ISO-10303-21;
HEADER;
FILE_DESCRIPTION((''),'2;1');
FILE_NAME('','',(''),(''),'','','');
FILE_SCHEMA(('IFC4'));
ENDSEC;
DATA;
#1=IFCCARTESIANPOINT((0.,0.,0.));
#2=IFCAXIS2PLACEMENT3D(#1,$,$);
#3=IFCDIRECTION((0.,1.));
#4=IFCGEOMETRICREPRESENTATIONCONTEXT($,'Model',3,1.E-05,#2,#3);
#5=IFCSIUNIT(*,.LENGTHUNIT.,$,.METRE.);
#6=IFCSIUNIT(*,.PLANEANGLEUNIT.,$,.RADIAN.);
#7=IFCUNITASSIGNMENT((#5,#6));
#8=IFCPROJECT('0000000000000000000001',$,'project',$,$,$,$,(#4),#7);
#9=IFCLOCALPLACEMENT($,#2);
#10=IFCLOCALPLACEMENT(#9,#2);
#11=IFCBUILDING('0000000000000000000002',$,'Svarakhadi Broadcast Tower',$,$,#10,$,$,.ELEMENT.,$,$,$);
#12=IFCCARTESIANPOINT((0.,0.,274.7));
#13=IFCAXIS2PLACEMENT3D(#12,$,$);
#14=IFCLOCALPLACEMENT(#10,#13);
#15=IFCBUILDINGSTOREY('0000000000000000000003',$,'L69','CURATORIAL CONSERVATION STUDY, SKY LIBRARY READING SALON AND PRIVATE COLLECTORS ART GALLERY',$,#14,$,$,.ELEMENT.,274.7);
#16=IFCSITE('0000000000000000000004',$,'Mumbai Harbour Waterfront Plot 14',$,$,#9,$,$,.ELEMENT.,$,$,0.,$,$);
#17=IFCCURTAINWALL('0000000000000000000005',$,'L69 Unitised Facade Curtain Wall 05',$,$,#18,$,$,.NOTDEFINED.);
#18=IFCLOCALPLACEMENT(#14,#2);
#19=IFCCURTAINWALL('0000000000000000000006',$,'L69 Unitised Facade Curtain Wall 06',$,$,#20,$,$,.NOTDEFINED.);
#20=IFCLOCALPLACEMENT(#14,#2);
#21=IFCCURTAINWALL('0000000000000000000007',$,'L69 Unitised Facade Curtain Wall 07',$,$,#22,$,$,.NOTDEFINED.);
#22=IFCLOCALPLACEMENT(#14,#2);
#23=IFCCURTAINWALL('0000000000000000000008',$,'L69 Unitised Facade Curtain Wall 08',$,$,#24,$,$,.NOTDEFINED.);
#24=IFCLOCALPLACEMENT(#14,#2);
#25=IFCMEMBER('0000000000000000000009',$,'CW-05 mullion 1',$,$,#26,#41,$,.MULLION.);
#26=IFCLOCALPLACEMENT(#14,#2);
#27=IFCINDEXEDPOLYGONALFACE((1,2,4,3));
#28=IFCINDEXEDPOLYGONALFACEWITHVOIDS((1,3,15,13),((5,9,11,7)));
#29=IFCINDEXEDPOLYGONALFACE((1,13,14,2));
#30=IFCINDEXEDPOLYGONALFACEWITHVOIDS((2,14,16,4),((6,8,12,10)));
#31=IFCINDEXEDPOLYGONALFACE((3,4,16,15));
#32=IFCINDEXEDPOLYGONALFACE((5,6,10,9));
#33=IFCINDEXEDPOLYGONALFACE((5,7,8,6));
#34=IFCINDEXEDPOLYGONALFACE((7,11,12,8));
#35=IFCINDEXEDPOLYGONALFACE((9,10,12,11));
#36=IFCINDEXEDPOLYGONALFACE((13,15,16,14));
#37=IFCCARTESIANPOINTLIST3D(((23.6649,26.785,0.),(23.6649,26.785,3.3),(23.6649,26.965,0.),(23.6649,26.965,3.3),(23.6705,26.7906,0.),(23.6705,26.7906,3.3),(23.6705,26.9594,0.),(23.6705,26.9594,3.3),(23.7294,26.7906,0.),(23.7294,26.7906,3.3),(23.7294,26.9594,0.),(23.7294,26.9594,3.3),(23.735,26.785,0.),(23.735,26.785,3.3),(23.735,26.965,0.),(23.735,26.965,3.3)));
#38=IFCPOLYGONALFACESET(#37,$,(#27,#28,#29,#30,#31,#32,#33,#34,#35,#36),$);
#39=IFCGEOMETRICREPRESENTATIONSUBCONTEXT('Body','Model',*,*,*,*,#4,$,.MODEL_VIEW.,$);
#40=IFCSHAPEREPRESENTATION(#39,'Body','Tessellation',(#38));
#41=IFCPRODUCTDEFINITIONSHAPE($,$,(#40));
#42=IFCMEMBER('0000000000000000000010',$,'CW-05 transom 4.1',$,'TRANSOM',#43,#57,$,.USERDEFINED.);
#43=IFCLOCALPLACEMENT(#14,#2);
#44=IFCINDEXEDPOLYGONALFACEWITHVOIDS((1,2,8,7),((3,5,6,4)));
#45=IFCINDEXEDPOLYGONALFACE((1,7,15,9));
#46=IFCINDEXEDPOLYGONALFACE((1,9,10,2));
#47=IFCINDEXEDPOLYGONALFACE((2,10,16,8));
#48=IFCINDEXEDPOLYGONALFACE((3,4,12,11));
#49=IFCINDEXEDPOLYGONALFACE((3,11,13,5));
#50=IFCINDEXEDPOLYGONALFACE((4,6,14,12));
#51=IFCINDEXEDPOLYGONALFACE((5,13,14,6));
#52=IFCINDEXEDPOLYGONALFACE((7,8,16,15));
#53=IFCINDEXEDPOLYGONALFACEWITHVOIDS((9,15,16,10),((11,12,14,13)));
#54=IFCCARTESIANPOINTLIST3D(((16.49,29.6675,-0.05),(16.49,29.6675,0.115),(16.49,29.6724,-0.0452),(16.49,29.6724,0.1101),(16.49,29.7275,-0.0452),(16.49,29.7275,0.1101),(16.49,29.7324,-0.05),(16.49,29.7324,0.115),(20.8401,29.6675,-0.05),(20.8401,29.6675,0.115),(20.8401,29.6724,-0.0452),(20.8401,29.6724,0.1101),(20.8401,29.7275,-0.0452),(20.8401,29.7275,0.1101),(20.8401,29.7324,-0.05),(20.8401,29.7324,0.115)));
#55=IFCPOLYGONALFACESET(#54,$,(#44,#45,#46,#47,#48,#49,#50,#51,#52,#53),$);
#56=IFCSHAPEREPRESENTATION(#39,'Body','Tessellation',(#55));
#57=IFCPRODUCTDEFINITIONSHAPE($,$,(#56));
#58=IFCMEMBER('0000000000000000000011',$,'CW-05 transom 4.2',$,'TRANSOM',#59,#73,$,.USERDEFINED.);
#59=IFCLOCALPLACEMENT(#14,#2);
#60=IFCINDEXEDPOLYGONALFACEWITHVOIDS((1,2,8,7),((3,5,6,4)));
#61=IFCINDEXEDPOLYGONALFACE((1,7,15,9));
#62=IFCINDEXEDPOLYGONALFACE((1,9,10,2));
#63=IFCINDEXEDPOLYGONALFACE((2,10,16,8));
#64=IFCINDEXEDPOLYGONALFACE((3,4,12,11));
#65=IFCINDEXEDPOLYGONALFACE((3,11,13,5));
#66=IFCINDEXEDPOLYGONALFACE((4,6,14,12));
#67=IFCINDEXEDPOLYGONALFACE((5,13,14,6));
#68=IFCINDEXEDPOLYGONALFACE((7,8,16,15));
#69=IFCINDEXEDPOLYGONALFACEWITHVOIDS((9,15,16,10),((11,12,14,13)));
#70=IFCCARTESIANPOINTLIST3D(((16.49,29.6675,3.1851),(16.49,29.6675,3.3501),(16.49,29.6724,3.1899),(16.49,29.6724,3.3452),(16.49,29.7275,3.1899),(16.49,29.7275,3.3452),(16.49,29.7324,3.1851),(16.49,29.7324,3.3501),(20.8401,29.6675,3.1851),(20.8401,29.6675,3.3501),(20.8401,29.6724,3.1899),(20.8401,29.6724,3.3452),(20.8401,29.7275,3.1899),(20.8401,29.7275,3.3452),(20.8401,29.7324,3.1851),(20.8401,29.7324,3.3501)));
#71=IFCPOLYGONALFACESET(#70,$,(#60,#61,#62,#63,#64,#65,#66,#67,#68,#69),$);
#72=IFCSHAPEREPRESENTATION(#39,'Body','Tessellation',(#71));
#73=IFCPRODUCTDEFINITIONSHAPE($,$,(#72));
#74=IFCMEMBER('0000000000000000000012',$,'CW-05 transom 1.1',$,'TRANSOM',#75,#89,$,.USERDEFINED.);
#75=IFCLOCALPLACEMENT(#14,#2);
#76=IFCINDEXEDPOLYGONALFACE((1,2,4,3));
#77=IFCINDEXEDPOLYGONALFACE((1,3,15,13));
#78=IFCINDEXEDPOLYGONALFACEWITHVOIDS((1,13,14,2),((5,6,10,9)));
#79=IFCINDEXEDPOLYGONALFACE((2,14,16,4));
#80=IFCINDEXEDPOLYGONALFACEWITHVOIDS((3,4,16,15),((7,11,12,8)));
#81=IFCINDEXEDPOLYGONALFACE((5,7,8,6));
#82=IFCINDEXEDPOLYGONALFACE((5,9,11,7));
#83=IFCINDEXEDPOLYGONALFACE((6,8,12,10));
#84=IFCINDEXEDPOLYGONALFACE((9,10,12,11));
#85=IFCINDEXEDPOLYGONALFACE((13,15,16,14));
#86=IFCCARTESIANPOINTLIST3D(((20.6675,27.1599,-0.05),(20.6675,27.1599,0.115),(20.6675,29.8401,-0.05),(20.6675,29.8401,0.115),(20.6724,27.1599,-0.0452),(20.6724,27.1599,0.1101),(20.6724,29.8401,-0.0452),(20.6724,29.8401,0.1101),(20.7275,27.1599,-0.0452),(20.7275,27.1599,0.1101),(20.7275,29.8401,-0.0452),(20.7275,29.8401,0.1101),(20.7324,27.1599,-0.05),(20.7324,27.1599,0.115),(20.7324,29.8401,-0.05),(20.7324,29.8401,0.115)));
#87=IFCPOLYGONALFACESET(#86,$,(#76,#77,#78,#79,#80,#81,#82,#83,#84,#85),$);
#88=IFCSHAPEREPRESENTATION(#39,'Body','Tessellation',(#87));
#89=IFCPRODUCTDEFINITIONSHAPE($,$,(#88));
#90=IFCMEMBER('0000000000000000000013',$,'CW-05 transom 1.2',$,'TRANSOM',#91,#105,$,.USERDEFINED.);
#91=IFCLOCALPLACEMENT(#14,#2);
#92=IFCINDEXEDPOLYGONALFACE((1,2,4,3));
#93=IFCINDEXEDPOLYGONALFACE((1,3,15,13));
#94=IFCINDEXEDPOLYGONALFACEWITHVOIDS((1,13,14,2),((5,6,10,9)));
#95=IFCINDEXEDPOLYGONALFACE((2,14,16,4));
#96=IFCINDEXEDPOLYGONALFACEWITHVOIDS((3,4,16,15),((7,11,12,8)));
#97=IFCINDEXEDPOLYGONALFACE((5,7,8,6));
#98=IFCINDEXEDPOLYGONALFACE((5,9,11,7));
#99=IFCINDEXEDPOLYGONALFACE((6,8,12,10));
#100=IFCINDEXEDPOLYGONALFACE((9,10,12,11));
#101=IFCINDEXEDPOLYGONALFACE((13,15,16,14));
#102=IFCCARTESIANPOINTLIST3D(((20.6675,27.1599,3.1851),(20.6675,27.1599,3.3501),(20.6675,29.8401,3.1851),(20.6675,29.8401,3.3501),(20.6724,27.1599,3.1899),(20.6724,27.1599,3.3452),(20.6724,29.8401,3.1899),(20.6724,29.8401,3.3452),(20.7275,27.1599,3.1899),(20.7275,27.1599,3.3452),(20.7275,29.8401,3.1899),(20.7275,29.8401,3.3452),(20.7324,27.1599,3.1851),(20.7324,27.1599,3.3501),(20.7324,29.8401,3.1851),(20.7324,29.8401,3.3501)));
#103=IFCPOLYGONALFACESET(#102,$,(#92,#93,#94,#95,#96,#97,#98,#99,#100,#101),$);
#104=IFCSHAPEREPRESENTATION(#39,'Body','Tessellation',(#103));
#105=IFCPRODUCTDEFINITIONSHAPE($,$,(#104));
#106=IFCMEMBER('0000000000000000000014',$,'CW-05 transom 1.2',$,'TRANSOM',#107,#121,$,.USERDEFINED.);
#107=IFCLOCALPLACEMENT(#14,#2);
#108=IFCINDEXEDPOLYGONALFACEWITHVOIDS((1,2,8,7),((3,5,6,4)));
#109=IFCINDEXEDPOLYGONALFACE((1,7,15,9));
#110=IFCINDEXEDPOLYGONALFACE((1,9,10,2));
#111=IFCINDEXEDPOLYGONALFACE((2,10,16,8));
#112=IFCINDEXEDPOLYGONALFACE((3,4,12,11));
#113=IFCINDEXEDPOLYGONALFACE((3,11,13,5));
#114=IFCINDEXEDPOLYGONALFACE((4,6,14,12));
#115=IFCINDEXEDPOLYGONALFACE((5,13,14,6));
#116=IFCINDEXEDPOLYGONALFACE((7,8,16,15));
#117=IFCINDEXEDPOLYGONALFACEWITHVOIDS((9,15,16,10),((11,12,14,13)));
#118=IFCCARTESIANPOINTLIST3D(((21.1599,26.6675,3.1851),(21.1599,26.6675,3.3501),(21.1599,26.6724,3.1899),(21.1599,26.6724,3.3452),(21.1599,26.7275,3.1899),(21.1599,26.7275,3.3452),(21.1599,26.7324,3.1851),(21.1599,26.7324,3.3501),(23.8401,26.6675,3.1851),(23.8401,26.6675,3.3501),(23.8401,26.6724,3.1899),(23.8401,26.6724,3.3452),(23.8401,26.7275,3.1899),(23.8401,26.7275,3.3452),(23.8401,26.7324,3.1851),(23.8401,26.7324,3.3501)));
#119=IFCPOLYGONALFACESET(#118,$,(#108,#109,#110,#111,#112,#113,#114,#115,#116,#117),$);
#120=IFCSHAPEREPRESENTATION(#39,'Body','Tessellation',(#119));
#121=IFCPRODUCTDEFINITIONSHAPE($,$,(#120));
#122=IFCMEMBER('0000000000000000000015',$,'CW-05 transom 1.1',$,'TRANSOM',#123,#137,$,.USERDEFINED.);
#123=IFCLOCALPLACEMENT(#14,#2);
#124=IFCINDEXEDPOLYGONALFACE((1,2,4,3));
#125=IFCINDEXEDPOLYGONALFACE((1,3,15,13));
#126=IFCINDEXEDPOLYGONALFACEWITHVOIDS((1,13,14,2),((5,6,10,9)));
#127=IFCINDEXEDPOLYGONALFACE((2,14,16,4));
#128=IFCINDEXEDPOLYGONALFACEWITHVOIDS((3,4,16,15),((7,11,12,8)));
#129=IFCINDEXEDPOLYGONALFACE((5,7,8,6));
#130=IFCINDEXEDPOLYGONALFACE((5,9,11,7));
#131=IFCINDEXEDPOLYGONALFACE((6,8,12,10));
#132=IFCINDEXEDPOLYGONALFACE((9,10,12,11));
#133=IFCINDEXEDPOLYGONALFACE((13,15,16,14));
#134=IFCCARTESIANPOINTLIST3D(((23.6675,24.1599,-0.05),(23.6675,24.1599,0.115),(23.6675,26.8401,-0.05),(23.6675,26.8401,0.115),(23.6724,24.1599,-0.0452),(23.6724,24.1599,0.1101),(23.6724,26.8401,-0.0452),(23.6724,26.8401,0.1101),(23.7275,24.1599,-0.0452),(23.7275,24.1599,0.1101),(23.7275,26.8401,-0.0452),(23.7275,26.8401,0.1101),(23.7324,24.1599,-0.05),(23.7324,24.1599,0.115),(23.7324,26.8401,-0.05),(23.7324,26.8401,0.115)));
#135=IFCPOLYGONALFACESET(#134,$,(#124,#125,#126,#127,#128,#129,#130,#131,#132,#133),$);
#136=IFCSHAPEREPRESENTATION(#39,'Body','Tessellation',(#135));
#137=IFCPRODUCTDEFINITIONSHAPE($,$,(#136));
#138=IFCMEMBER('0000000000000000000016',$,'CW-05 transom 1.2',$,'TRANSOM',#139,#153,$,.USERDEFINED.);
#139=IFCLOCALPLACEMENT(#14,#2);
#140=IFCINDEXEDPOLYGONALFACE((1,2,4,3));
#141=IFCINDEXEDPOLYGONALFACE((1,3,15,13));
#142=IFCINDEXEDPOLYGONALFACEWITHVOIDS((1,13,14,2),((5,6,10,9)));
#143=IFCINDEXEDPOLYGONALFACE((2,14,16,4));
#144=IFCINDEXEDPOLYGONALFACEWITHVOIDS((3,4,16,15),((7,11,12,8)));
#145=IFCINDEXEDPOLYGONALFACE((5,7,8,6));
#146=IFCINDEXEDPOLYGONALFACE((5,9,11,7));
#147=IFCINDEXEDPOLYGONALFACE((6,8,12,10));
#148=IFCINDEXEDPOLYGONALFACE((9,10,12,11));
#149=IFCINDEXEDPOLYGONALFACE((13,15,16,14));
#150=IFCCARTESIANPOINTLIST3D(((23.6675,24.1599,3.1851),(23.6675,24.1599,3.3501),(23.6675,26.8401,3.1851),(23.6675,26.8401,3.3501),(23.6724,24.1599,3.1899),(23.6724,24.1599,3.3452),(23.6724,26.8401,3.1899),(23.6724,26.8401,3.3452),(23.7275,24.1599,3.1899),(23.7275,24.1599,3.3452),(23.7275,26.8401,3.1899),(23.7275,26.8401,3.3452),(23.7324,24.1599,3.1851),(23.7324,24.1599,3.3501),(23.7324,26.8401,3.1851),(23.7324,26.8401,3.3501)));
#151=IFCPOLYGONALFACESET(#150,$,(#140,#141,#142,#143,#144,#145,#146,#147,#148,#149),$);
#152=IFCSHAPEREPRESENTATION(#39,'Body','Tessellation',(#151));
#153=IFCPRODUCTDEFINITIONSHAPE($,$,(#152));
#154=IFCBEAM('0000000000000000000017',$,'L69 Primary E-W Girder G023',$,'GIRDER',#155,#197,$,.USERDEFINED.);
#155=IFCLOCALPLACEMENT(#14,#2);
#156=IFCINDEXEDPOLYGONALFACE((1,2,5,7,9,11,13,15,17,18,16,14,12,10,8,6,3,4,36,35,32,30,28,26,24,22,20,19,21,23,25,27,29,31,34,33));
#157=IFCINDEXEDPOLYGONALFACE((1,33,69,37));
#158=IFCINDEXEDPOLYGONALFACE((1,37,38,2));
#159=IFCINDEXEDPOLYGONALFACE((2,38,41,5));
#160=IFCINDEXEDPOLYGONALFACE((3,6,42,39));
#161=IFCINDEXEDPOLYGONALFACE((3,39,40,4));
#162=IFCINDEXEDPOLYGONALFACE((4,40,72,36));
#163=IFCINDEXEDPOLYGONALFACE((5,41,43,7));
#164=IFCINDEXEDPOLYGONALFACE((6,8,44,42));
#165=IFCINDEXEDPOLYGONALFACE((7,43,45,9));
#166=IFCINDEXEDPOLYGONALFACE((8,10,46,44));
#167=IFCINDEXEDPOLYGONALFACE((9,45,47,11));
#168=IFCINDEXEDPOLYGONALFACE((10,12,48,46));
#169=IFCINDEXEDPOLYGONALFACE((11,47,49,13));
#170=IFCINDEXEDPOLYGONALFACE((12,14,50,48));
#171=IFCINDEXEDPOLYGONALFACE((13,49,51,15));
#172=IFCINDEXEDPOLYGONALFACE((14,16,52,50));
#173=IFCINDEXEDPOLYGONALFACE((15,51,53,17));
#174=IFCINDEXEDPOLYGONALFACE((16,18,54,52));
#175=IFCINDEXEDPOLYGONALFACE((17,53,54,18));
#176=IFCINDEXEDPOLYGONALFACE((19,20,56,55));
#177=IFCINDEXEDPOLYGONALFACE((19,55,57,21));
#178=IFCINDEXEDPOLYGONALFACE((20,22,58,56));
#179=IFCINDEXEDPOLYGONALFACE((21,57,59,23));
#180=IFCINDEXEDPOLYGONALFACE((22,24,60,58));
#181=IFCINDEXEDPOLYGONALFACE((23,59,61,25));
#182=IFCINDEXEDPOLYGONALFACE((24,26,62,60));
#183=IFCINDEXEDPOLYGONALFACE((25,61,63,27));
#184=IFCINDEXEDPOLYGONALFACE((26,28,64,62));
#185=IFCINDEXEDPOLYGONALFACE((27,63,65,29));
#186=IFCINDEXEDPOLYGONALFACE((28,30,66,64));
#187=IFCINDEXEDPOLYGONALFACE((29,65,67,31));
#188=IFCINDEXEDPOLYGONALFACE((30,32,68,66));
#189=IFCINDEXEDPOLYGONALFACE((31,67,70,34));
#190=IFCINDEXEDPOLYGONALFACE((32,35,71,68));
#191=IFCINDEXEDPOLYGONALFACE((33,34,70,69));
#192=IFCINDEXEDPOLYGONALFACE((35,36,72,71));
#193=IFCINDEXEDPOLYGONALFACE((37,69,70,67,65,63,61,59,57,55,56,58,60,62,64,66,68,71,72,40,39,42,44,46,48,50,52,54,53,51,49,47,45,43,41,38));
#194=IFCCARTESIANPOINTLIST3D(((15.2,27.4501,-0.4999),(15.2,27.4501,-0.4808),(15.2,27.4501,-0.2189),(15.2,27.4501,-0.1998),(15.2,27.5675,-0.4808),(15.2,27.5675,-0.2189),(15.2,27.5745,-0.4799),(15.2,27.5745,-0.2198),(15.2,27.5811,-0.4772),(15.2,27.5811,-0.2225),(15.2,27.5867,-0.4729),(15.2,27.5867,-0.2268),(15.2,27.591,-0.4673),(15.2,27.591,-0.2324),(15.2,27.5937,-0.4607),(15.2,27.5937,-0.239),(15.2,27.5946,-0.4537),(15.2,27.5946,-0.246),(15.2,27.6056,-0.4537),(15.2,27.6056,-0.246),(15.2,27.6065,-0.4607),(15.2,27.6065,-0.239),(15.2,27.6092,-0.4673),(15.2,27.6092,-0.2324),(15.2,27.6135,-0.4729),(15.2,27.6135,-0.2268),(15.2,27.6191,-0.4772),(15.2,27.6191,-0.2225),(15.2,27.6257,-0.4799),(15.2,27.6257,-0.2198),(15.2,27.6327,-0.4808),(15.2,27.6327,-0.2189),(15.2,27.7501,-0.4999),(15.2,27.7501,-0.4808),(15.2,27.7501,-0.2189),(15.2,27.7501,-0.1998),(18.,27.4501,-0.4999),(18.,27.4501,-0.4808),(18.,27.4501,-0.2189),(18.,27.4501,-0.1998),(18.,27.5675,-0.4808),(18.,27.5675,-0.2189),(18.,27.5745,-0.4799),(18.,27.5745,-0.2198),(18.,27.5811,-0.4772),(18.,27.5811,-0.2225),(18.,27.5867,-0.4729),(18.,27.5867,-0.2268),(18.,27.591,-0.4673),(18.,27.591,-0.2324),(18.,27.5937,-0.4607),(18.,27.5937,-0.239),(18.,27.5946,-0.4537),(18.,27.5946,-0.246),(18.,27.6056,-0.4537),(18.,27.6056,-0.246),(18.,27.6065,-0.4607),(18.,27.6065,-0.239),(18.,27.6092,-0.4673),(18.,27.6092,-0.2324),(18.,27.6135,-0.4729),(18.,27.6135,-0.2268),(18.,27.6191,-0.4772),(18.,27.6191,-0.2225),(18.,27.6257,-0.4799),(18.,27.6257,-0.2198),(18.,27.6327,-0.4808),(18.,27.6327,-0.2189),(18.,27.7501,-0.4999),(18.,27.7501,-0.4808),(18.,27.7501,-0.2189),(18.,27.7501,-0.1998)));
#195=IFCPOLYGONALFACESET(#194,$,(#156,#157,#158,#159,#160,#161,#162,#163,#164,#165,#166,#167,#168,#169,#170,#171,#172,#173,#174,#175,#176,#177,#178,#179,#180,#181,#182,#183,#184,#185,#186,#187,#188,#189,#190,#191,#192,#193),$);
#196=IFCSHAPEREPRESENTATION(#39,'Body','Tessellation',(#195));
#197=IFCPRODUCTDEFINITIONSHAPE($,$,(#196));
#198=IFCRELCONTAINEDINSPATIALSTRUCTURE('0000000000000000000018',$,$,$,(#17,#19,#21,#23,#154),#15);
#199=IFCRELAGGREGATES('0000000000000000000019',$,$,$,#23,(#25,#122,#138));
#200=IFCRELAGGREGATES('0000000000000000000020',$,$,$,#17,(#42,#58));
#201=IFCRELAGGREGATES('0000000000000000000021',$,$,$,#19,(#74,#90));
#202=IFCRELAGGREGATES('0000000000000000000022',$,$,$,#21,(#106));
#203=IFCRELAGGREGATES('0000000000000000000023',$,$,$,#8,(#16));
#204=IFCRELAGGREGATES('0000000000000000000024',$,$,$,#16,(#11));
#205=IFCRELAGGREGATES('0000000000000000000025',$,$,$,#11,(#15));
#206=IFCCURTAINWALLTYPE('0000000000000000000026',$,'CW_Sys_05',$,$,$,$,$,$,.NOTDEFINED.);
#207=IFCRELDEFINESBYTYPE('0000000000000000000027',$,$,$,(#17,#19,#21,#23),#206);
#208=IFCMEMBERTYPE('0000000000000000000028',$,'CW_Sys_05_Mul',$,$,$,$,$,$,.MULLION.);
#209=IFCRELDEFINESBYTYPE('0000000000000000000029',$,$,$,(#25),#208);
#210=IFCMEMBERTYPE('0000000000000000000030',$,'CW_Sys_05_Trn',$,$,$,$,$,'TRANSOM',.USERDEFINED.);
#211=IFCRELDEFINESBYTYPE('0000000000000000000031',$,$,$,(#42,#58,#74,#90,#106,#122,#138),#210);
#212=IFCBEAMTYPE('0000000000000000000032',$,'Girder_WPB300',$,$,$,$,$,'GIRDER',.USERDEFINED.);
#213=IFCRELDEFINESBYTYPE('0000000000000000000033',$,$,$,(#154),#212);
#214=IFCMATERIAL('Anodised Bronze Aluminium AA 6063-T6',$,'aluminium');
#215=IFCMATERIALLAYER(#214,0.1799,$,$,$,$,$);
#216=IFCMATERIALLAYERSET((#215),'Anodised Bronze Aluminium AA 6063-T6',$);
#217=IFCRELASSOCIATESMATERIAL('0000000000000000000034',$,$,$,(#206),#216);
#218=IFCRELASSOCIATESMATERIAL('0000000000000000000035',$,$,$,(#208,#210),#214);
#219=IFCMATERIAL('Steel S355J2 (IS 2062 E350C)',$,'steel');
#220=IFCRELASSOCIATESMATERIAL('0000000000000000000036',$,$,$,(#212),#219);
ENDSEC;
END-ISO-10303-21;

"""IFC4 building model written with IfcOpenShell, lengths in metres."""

from ifc_helpers import new_model, si_unit, direction, frame, origin, origin_2d, place, context, subcontext, project, spatial, hollow_rectangle, i_section, extrude, material, layer, layer_set, material_profile, profile_set, type_object, element, aggregate, save


model = new_model("IFC4")

# Units and contexts
model_context = context("Model", 3, precision=1e-05, world=origin(), true_north=direction((0.0, 1.0)))
body_context = subcontext(model_context, "Body", "Model", "MODEL_VIEW")
ifc_project = project(units=[si_unit("LENGTHUNIT", "METRE"), si_unit("PLANEANGLEUNIT", "RADIAN")], contexts=[model_context])

# Site, building, storey
site_placement = place(None, origin())
site = spatial("IfcSite", under=ifc_project, at=site_placement, Name="Mumbai Harbour Waterfront Plot 14", CompositionType="ELEMENT", RefElevation=0.0)
building_placement = place(site_placement, origin())
building = spatial("IfcBuilding", under=site, at=building_placement, Name="Svarakhadi Broadcast Tower", CompositionType="ELEMENT")
storey_placement = place(building_placement, frame((0.0, 0.0, 274.7)))
storey = spatial("IfcBuildingStorey", under=building, at=storey_placement, Name="L69", Description="CURATORIAL CONSERVATION STUDY, SKY LIBRARY READING SALON AND PRIVATE COLLECTORS ART GALLERY", CompositionType="ELEMENT", Elevation=274.7)

# Curtain walls
ifc_material_1 = material(Name="Anodised Bronze Aluminium AA 6063-T6", Category="aluminium")
ifc_layer_1 = layer(ifc_material_1, 0.1799)
ifc_layer_set_1 = layer_set([ifc_layer_1], Name="Anodised Bronze Aluminium AA 6063-T6")
curtain_wall_type = type_object("IfcCurtainWallType", Name="CW_Sys_05", PredefinedType="NOTDEFINED", material=ifc_layer_set_1)
curtain_wall_1_placement = place(storey_placement, origin())
curtain_wall_1 = element("IfcCurtainWall", 1, at=curtain_wall_1_placement, inside=storey, type_object=curtain_wall_type, Name="L69 Unitised Facade Curtain Wall 05", PredefinedType="NOTDEFINED")
ifc_material_profile_1 = material_profile(ifc_material_1, hollow_rectangle(XDim=0.0701, YDim=0.1799, WallThickness=0.0056, at=origin_2d()), Name="ALU MULLION 180x70x6")
ifc_profile_set_1 = profile_set([ifc_material_profile_1], Name="Anodised Bronze Aluminium AA 6063-T6")
member_type_1 = type_object("IfcMemberType", Name="CW_Sys_05_Mul", PredefinedType="MULLION", material=ifc_profile_set_1)
curtain_wall_2_placement = place(storey_placement, origin())
curtain_wall_2 = element("IfcCurtainWall", 2, at=curtain_wall_2_placement, inside=storey, type_object=curtain_wall_type, Name="L69 Unitised Facade Curtain Wall 06", PredefinedType="NOTDEFINED")

# Curtain walls, member
curtain_wall_3_placement = place(storey_placement, origin())
curtain_wall_3 = element("IfcCurtainWall", 3, at=curtain_wall_3_placement, inside=storey, type_object=curtain_wall_type, Name="L69 Unitised Facade Curtain Wall 07", PredefinedType="NOTDEFINED")
curtain_wall_4_placement = place(storey_placement, origin())
curtain_wall_4 = element("IfcCurtainWall", 4, at=curtain_wall_4_placement, inside=storey, type_object=curtain_wall_type, Name="L69 Unitised Facade Curtain Wall 08", PredefinedType="NOTDEFINED")
member_1_placement = place(storey_placement, frame((23.7, 26.875, 0.0), z_axis=(0.0, 0.0, 1.0), x_axis=(1.0, 0.0, 0.0)))
member_1 = element("IfcMember", 5, at=member_1_placement, type_object=member_type_1, Name="CW-05 mullion 1", PredefinedType="MULLION", context=body_context, shape_type="SweptSolid", body=[
    extrude(hollow_rectangle(XDim=0.0701, YDim=0.1799, WallThickness=0.0056, at=origin_2d()), origin(), (0.0, 0.0, 1.0), 3.3),
])

# Members
ifc_material_profile_2 = material_profile(ifc_material_1, hollow_rectangle(XDim=0.0649, YDim=0.165, WallThickness=0.0049, at=origin_2d()), Name="ALU TRANSOM 165x65x5")
ifc_profile_set_2 = profile_set([ifc_material_profile_2], Name="Anodised Bronze Aluminium AA 6063-T6")
member_type_2 = type_object("IfcMemberType", Name="CW_Sys_05_Trn", ElementType="TRANSOM", PredefinedType="USERDEFINED", material=ifc_profile_set_2)
member_2_placement = place(storey_placement, frame((16.49, 29.7, 0.0325), z_axis=(1.0, 0.0, 0.0), x_axis=(0.0, 1.0, 0.0)))
member_2 = element("IfcMember", 6, at=member_2_placement, type_object=member_type_2, Name="CW-05 transom 4.1", ObjectType="TRANSOM", PredefinedType="USERDEFINED", context=body_context, shape_type="SweptSolid", body=[
    extrude(hollow_rectangle(XDim=0.0649, YDim=0.165, WallThickness=0.0049, at=origin_2d()), origin(), (0.0, 0.0, 1.0), 4.3501),
])
member_3_placement = place(storey_placement, frame((16.49, 29.7, 3.2676), z_axis=(1.0, 0.0, 0.0), x_axis=(0.0, 1.0, 0.0)))
member_3 = element("IfcMember", 7, at=member_3_placement, type_object=member_type_2, Name="CW-05 transom 4.2", ObjectType="TRANSOM", PredefinedType="USERDEFINED", context=body_context, shape_type="SweptSolid", body=[
    extrude(hollow_rectangle(XDim=0.0649, YDim=0.165, WallThickness=0.0049, at=origin_2d()), origin(), (0.0, 0.0, 1.0), 4.3501),
])
member_4_placement = place(storey_placement, frame((20.7, 29.8401, 0.0325), z_axis=(0.0, -1.0, 0.0), x_axis=(1.0, 0.0, 0.0)))
member_4 = element("IfcMember", 8, at=member_4_placement, type_object=member_type_2, Name="CW-05 transom 1.1", ObjectType="TRANSOM", PredefinedType="USERDEFINED", context=body_context, shape_type="SweptSolid", body=[
    extrude(hollow_rectangle(XDim=0.0649, YDim=0.165, WallThickness=0.0049, at=origin_2d()), origin(), (0.0, 0.0, 1.0), 2.6802),
])
member_5_placement = place(storey_placement, frame((20.7, 29.8401, 3.2676), z_axis=(0.0, -1.0, 0.0), x_axis=(1.0, 0.0, 0.0)))
member_5 = element("IfcMember", 9, at=member_5_placement, type_object=member_type_2, Name="CW-05 transom 1.2", ObjectType="TRANSOM", PredefinedType="USERDEFINED", context=body_context, shape_type="SweptSolid", body=[
    extrude(hollow_rectangle(XDim=0.0649, YDim=0.165, WallThickness=0.0049, at=origin_2d()), origin(), (0.0, 0.0, 1.0), 2.6802),
])
member_6_placement = place(storey_placement, frame((21.1599, 26.7, 3.2676), z_axis=(1.0, 0.0, 0.0), x_axis=(0.0, 1.0, 0.0)))
member_6 = element("IfcMember", 10, at=member_6_placement, type_object=member_type_2, Name="CW-05 transom 1.2", ObjectType="TRANSOM", PredefinedType="USERDEFINED", context=body_context, shape_type="SweptSolid", body=[
    extrude(hollow_rectangle(XDim=0.0649, YDim=0.165, WallThickness=0.0049, at=origin_2d()), origin(), (0.0, 0.0, 1.0), 2.6802),
])
member_7_placement = place(storey_placement, frame((23.7, 26.8401, 0.0325), z_axis=(0.0, -1.0, 0.0), x_axis=(1.0, 0.0, 0.0)))
member_7 = element("IfcMember", 11, at=member_7_placement, type_object=member_type_2, Name="CW-05 transom 1.1", ObjectType="TRANSOM", PredefinedType="USERDEFINED", context=body_context, shape_type="SweptSolid", body=[
    extrude(hollow_rectangle(XDim=0.0649, YDim=0.165, WallThickness=0.0049, at=origin_2d()), origin(), (0.0, 0.0, 1.0), 2.6802),
])
member_8_placement = place(storey_placement, frame((23.7, 26.8401, 3.2676), z_axis=(0.0, -1.0, 0.0), x_axis=(1.0, 0.0, 0.0)))
member_8 = element("IfcMember", 12, at=member_8_placement, type_object=member_type_2, Name="CW-05 transom 1.2", ObjectType="TRANSOM", PredefinedType="USERDEFINED", context=body_context, shape_type="SweptSolid", body=[
    extrude(hollow_rectangle(XDim=0.0649, YDim=0.165, WallThickness=0.0049, at=origin_2d()), origin(), (0.0, 0.0, 1.0), 2.6802),
])
aggregate(curtain_wall_4, [member_1, member_7, member_8])

# Beam
ifc_material_2 = material(Name="Steel S355J2 (IS 2062 E350C)", Category="steel")
ifc_material_profile_3 = material_profile(ifc_material_2, i_section(OverallWidth=0.3, OverallDepth=0.3, WebThickness=0.011, FlangeThickness=0.019, FilletRadius=0.0271, at=origin_2d()), Name="WPB 300x300x117")
ifc_profile_set_3 = profile_set([ifc_material_profile_3], Name="Steel S355J2 (IS 2062 E350C)")
beam_type = type_object("IfcBeamType", Name="Girder_WPB300", ElementType="GIRDER", PredefinedType="USERDEFINED", material=ifc_profile_set_3)
beam_placement = place(storey_placement, frame((15.2, 27.6001, -0.3499), z_axis=(1.0, 0.0, 0.0), x_axis=(0.0, 1.0, 0.0)))
element("IfcBeam", 13, at=beam_placement, inside=storey, type_object=beam_type, Name="L69 Primary E-W Girder G023", ObjectType="GIRDER", PredefinedType="USERDEFINED", context=body_context, shape_type="SweptSolid", body=[
    extrude(i_section(OverallWidth=0.3, OverallDepth=0.3, WebThickness=0.011, FlangeThickness=0.019, FilletRadius=0.0271, at=origin_2d()), origin(), (0.0, 0.0, 1.0), 2.8),
])

aggregate(curtain_wall_1, [member_2, member_3])
aggregate(curtain_wall_2, [member_4, member_5])
aggregate(curtain_wall_3, [member_6])

save(model, "model.ifc")
